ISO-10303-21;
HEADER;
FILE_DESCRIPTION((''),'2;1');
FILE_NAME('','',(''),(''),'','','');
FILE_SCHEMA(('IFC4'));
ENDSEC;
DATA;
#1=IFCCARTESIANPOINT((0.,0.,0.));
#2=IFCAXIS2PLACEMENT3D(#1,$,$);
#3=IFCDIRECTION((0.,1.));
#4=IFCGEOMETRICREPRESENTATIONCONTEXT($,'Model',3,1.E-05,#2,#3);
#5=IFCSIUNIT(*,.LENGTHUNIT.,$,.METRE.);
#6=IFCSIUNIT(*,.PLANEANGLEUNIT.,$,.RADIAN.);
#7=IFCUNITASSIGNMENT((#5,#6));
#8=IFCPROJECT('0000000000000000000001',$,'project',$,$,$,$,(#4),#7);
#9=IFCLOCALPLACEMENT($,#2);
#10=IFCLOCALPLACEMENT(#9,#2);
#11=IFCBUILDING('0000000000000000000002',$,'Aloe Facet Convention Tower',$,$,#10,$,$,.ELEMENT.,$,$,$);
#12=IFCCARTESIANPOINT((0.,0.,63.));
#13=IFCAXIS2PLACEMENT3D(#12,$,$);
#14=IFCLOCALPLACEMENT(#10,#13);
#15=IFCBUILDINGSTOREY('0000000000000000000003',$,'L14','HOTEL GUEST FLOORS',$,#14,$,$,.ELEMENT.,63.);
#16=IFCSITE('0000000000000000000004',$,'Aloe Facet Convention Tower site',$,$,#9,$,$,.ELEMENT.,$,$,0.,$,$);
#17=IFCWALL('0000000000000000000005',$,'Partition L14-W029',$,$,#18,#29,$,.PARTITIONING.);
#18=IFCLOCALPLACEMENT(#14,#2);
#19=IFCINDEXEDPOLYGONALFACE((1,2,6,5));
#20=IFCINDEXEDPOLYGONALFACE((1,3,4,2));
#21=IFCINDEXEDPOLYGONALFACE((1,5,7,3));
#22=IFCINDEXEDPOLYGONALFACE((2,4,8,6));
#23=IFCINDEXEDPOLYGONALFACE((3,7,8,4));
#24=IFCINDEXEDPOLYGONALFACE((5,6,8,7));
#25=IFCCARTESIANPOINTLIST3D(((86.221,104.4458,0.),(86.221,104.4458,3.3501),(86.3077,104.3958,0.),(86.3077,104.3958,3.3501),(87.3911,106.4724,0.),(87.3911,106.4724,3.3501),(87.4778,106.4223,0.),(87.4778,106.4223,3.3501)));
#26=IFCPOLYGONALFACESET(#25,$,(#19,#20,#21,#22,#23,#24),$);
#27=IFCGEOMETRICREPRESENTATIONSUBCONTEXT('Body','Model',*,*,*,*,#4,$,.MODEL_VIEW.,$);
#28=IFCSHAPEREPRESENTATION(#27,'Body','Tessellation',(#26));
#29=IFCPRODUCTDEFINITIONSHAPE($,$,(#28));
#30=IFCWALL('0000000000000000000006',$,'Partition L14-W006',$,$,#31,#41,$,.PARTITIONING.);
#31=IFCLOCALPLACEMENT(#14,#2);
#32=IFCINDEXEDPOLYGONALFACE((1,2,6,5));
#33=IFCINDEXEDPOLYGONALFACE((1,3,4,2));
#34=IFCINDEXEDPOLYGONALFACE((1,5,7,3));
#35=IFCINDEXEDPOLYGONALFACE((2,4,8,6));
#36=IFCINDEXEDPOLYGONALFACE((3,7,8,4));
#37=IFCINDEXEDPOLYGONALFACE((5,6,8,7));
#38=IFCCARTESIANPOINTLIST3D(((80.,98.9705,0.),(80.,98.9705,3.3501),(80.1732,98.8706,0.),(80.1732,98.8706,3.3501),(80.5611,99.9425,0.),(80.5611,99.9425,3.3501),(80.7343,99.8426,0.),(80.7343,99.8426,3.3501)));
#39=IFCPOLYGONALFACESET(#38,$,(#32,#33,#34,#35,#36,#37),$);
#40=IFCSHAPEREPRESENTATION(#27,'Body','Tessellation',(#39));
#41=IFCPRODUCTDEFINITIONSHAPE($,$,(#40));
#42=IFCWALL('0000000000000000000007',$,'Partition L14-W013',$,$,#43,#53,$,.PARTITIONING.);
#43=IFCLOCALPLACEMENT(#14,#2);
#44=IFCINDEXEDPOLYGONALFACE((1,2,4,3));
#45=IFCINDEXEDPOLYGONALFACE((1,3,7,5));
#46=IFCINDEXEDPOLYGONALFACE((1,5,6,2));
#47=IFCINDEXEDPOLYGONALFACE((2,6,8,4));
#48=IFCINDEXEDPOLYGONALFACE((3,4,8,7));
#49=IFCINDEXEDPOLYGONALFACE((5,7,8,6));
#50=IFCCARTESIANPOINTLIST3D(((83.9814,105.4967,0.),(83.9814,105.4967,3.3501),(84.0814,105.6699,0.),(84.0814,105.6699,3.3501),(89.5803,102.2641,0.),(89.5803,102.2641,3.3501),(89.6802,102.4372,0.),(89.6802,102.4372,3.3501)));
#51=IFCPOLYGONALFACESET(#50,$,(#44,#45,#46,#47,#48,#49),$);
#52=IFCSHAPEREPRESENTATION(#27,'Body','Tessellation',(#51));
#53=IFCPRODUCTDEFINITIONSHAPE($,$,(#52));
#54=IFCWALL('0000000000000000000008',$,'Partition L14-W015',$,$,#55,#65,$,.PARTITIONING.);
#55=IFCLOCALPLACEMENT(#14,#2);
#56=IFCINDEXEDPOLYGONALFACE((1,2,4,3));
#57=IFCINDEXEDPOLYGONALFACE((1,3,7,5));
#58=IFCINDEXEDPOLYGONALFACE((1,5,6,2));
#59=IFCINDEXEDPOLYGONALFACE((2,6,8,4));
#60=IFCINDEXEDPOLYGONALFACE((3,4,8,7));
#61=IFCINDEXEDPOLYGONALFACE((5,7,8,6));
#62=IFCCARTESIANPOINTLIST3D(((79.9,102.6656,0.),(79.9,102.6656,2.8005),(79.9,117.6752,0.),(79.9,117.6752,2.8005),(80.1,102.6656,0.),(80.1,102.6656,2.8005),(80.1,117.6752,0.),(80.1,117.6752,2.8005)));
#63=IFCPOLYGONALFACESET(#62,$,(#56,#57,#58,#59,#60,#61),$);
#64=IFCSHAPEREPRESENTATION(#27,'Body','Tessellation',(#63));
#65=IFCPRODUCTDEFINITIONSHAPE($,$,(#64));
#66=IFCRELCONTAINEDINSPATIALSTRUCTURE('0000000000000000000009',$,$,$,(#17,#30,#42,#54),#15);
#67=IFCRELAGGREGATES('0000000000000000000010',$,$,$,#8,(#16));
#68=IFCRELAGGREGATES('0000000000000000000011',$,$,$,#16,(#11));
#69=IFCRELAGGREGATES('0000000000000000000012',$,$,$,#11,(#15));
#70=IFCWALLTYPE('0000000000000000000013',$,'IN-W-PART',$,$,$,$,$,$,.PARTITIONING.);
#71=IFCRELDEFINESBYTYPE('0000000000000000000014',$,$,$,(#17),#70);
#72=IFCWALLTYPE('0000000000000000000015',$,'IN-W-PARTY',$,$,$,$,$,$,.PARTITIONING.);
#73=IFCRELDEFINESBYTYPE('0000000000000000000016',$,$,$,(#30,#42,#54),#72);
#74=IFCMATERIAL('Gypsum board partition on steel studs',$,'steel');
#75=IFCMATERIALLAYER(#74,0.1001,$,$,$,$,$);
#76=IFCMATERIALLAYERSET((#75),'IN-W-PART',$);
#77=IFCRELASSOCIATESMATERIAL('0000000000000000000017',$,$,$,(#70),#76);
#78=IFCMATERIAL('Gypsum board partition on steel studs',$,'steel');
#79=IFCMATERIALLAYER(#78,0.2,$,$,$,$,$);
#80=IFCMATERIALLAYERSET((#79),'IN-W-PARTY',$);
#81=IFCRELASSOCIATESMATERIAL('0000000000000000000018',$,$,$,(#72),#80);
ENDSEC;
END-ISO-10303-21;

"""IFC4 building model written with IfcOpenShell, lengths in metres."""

from ifc_helpers import new_model, si_unit, direction, frame, frame_2d, origin, place, context, subcontext, project, spatial, rectangle, extrude, material, layer, layer_set, type_object, element, save


model = new_model("IFC4")

# Units and contexts
model_context = context("Model", 3, precision=1e-05, world=origin(), true_north=direction((0.0, 1.0)))
body_context = subcontext(model_context, "Body", "Model", "MODEL_VIEW")
ifc_project = project(units=[si_unit("LENGTHUNIT", "METRE"), si_unit("PLANEANGLEUNIT", "RADIAN")], contexts=[model_context])

# Site, building, storey
site_placement = place(None, origin())
site = spatial("IfcSite", under=ifc_project, at=site_placement, Name="Aloe Facet Convention Tower site", CompositionType="ELEMENT", RefElevation=0.0)
building_placement = place(site_placement, origin())
building = spatial("IfcBuilding", under=site, at=building_placement, Name="Aloe Facet Convention Tower", CompositionType="ELEMENT")
storey_placement = place(building_placement, frame((0.0, 0.0, 63.0)))
storey = spatial("IfcBuildingStorey", under=building, at=storey_placement, Name="L14", Description="HOTEL GUEST FLOORS", CompositionType="ELEMENT", Elevation=63.0)

# Shared definitions
ifc_material_1 = material(Name="Gypsum board partition on steel studs", Category="steel")
ifc_layer_1 = layer(ifc_material_1, 0.1001)
ifc_layer_set_1 = layer_set([ifc_layer_1], Name="IN-W-PART")
wall_type_1 = type_object("IfcWallType", Name="IN-W-PART", PredefinedType="PARTITIONING", material=ifc_layer_set_1)

# Walls
wall_1_placement = place(storey_placement, frame((86.2644, 104.4209, 0.0), z_axis=(0.0, 0.0, 1.0), x_axis=(0.500033, 0.866007, 0.0)))
element("IfcWall", 1, at=wall_1_placement, inside=storey, type_object=wall_type_1, Name="Partition L14-W029", PredefinedType="PARTITIONING", context=body_context, shape_type="SweptSolid", body=[
    extrude(rectangle(XDim=2.3401, YDim=0.1001, at=frame_2d((1.1699, 0.0))), origin(), (0.0, 0.0, 1.0), 3.3501),
])
ifc_material_2 = material(Name="Gypsum board partition on steel studs", Category="steel")
ifc_layer_2 = layer(ifc_material_2, 0.2)
ifc_layer_set_2 = layer_set([ifc_layer_2], Name="IN-W-PARTY")
wall_type_2 = type_object("IfcWallType", Name="IN-W-PARTY", PredefinedType="PARTITIONING", material=ifc_layer_set_2)
wall_2_placement = place(storey_placement, frame((80.0867, 98.9207, 0.0), z_axis=(0.0, 0.0, 1.0), x_axis=(0.49993, 0.866066, 0.0)))
element("IfcWall", 2, at=wall_2_placement, inside=storey, type_object=wall_type_2, Name="Partition L14-W006", PredefinedType="PARTITIONING", context=body_context, shape_type="SweptSolid", body=[
    extrude(rectangle(XDim=1.1223, YDim=0.2, at=frame_2d((0.561, 0.0))), origin(), (0.0, 0.0, 1.0), 3.3501),
])
wall_3_placement = place(storey_placement, frame((84.0315, 105.5833, 0.0), z_axis=(0.0, 0.0, 1.0), x_axis=(0.866015, -0.500018, 0.0)))
element("IfcWall", 3, at=wall_3_placement, inside=storey, type_object=wall_type_2, Name="Partition L14-W013", PredefinedType="PARTITIONING", context=body_context, shape_type="SweptSolid", body=[
    extrude(rectangle(XDim=6.4651, YDim=0.2, at=frame_2d((3.2324, 0.0))), origin(), (0.0, 0.0, 1.0), 3.3501),
])
wall_4_placement = place(storey_placement, frame((80.0, 102.6655, 0.0), z_axis=(0.0, 0.0, 1.0), x_axis=(0.0, 1.0, 0.0)))
element("IfcWall", 4, at=wall_4_placement, inside=storey, type_object=wall_type_2, Name="Partition L14-W015", PredefinedType="PARTITIONING", context=body_context, shape_type="SweptSolid", body=[
    extrude(rectangle(XDim=15.0095, YDim=0.2, at=frame_2d((7.5049, 0.0))), origin(), (0.0, 0.0, 1.0), 2.8005),
])

save(model, "model.ifc")
